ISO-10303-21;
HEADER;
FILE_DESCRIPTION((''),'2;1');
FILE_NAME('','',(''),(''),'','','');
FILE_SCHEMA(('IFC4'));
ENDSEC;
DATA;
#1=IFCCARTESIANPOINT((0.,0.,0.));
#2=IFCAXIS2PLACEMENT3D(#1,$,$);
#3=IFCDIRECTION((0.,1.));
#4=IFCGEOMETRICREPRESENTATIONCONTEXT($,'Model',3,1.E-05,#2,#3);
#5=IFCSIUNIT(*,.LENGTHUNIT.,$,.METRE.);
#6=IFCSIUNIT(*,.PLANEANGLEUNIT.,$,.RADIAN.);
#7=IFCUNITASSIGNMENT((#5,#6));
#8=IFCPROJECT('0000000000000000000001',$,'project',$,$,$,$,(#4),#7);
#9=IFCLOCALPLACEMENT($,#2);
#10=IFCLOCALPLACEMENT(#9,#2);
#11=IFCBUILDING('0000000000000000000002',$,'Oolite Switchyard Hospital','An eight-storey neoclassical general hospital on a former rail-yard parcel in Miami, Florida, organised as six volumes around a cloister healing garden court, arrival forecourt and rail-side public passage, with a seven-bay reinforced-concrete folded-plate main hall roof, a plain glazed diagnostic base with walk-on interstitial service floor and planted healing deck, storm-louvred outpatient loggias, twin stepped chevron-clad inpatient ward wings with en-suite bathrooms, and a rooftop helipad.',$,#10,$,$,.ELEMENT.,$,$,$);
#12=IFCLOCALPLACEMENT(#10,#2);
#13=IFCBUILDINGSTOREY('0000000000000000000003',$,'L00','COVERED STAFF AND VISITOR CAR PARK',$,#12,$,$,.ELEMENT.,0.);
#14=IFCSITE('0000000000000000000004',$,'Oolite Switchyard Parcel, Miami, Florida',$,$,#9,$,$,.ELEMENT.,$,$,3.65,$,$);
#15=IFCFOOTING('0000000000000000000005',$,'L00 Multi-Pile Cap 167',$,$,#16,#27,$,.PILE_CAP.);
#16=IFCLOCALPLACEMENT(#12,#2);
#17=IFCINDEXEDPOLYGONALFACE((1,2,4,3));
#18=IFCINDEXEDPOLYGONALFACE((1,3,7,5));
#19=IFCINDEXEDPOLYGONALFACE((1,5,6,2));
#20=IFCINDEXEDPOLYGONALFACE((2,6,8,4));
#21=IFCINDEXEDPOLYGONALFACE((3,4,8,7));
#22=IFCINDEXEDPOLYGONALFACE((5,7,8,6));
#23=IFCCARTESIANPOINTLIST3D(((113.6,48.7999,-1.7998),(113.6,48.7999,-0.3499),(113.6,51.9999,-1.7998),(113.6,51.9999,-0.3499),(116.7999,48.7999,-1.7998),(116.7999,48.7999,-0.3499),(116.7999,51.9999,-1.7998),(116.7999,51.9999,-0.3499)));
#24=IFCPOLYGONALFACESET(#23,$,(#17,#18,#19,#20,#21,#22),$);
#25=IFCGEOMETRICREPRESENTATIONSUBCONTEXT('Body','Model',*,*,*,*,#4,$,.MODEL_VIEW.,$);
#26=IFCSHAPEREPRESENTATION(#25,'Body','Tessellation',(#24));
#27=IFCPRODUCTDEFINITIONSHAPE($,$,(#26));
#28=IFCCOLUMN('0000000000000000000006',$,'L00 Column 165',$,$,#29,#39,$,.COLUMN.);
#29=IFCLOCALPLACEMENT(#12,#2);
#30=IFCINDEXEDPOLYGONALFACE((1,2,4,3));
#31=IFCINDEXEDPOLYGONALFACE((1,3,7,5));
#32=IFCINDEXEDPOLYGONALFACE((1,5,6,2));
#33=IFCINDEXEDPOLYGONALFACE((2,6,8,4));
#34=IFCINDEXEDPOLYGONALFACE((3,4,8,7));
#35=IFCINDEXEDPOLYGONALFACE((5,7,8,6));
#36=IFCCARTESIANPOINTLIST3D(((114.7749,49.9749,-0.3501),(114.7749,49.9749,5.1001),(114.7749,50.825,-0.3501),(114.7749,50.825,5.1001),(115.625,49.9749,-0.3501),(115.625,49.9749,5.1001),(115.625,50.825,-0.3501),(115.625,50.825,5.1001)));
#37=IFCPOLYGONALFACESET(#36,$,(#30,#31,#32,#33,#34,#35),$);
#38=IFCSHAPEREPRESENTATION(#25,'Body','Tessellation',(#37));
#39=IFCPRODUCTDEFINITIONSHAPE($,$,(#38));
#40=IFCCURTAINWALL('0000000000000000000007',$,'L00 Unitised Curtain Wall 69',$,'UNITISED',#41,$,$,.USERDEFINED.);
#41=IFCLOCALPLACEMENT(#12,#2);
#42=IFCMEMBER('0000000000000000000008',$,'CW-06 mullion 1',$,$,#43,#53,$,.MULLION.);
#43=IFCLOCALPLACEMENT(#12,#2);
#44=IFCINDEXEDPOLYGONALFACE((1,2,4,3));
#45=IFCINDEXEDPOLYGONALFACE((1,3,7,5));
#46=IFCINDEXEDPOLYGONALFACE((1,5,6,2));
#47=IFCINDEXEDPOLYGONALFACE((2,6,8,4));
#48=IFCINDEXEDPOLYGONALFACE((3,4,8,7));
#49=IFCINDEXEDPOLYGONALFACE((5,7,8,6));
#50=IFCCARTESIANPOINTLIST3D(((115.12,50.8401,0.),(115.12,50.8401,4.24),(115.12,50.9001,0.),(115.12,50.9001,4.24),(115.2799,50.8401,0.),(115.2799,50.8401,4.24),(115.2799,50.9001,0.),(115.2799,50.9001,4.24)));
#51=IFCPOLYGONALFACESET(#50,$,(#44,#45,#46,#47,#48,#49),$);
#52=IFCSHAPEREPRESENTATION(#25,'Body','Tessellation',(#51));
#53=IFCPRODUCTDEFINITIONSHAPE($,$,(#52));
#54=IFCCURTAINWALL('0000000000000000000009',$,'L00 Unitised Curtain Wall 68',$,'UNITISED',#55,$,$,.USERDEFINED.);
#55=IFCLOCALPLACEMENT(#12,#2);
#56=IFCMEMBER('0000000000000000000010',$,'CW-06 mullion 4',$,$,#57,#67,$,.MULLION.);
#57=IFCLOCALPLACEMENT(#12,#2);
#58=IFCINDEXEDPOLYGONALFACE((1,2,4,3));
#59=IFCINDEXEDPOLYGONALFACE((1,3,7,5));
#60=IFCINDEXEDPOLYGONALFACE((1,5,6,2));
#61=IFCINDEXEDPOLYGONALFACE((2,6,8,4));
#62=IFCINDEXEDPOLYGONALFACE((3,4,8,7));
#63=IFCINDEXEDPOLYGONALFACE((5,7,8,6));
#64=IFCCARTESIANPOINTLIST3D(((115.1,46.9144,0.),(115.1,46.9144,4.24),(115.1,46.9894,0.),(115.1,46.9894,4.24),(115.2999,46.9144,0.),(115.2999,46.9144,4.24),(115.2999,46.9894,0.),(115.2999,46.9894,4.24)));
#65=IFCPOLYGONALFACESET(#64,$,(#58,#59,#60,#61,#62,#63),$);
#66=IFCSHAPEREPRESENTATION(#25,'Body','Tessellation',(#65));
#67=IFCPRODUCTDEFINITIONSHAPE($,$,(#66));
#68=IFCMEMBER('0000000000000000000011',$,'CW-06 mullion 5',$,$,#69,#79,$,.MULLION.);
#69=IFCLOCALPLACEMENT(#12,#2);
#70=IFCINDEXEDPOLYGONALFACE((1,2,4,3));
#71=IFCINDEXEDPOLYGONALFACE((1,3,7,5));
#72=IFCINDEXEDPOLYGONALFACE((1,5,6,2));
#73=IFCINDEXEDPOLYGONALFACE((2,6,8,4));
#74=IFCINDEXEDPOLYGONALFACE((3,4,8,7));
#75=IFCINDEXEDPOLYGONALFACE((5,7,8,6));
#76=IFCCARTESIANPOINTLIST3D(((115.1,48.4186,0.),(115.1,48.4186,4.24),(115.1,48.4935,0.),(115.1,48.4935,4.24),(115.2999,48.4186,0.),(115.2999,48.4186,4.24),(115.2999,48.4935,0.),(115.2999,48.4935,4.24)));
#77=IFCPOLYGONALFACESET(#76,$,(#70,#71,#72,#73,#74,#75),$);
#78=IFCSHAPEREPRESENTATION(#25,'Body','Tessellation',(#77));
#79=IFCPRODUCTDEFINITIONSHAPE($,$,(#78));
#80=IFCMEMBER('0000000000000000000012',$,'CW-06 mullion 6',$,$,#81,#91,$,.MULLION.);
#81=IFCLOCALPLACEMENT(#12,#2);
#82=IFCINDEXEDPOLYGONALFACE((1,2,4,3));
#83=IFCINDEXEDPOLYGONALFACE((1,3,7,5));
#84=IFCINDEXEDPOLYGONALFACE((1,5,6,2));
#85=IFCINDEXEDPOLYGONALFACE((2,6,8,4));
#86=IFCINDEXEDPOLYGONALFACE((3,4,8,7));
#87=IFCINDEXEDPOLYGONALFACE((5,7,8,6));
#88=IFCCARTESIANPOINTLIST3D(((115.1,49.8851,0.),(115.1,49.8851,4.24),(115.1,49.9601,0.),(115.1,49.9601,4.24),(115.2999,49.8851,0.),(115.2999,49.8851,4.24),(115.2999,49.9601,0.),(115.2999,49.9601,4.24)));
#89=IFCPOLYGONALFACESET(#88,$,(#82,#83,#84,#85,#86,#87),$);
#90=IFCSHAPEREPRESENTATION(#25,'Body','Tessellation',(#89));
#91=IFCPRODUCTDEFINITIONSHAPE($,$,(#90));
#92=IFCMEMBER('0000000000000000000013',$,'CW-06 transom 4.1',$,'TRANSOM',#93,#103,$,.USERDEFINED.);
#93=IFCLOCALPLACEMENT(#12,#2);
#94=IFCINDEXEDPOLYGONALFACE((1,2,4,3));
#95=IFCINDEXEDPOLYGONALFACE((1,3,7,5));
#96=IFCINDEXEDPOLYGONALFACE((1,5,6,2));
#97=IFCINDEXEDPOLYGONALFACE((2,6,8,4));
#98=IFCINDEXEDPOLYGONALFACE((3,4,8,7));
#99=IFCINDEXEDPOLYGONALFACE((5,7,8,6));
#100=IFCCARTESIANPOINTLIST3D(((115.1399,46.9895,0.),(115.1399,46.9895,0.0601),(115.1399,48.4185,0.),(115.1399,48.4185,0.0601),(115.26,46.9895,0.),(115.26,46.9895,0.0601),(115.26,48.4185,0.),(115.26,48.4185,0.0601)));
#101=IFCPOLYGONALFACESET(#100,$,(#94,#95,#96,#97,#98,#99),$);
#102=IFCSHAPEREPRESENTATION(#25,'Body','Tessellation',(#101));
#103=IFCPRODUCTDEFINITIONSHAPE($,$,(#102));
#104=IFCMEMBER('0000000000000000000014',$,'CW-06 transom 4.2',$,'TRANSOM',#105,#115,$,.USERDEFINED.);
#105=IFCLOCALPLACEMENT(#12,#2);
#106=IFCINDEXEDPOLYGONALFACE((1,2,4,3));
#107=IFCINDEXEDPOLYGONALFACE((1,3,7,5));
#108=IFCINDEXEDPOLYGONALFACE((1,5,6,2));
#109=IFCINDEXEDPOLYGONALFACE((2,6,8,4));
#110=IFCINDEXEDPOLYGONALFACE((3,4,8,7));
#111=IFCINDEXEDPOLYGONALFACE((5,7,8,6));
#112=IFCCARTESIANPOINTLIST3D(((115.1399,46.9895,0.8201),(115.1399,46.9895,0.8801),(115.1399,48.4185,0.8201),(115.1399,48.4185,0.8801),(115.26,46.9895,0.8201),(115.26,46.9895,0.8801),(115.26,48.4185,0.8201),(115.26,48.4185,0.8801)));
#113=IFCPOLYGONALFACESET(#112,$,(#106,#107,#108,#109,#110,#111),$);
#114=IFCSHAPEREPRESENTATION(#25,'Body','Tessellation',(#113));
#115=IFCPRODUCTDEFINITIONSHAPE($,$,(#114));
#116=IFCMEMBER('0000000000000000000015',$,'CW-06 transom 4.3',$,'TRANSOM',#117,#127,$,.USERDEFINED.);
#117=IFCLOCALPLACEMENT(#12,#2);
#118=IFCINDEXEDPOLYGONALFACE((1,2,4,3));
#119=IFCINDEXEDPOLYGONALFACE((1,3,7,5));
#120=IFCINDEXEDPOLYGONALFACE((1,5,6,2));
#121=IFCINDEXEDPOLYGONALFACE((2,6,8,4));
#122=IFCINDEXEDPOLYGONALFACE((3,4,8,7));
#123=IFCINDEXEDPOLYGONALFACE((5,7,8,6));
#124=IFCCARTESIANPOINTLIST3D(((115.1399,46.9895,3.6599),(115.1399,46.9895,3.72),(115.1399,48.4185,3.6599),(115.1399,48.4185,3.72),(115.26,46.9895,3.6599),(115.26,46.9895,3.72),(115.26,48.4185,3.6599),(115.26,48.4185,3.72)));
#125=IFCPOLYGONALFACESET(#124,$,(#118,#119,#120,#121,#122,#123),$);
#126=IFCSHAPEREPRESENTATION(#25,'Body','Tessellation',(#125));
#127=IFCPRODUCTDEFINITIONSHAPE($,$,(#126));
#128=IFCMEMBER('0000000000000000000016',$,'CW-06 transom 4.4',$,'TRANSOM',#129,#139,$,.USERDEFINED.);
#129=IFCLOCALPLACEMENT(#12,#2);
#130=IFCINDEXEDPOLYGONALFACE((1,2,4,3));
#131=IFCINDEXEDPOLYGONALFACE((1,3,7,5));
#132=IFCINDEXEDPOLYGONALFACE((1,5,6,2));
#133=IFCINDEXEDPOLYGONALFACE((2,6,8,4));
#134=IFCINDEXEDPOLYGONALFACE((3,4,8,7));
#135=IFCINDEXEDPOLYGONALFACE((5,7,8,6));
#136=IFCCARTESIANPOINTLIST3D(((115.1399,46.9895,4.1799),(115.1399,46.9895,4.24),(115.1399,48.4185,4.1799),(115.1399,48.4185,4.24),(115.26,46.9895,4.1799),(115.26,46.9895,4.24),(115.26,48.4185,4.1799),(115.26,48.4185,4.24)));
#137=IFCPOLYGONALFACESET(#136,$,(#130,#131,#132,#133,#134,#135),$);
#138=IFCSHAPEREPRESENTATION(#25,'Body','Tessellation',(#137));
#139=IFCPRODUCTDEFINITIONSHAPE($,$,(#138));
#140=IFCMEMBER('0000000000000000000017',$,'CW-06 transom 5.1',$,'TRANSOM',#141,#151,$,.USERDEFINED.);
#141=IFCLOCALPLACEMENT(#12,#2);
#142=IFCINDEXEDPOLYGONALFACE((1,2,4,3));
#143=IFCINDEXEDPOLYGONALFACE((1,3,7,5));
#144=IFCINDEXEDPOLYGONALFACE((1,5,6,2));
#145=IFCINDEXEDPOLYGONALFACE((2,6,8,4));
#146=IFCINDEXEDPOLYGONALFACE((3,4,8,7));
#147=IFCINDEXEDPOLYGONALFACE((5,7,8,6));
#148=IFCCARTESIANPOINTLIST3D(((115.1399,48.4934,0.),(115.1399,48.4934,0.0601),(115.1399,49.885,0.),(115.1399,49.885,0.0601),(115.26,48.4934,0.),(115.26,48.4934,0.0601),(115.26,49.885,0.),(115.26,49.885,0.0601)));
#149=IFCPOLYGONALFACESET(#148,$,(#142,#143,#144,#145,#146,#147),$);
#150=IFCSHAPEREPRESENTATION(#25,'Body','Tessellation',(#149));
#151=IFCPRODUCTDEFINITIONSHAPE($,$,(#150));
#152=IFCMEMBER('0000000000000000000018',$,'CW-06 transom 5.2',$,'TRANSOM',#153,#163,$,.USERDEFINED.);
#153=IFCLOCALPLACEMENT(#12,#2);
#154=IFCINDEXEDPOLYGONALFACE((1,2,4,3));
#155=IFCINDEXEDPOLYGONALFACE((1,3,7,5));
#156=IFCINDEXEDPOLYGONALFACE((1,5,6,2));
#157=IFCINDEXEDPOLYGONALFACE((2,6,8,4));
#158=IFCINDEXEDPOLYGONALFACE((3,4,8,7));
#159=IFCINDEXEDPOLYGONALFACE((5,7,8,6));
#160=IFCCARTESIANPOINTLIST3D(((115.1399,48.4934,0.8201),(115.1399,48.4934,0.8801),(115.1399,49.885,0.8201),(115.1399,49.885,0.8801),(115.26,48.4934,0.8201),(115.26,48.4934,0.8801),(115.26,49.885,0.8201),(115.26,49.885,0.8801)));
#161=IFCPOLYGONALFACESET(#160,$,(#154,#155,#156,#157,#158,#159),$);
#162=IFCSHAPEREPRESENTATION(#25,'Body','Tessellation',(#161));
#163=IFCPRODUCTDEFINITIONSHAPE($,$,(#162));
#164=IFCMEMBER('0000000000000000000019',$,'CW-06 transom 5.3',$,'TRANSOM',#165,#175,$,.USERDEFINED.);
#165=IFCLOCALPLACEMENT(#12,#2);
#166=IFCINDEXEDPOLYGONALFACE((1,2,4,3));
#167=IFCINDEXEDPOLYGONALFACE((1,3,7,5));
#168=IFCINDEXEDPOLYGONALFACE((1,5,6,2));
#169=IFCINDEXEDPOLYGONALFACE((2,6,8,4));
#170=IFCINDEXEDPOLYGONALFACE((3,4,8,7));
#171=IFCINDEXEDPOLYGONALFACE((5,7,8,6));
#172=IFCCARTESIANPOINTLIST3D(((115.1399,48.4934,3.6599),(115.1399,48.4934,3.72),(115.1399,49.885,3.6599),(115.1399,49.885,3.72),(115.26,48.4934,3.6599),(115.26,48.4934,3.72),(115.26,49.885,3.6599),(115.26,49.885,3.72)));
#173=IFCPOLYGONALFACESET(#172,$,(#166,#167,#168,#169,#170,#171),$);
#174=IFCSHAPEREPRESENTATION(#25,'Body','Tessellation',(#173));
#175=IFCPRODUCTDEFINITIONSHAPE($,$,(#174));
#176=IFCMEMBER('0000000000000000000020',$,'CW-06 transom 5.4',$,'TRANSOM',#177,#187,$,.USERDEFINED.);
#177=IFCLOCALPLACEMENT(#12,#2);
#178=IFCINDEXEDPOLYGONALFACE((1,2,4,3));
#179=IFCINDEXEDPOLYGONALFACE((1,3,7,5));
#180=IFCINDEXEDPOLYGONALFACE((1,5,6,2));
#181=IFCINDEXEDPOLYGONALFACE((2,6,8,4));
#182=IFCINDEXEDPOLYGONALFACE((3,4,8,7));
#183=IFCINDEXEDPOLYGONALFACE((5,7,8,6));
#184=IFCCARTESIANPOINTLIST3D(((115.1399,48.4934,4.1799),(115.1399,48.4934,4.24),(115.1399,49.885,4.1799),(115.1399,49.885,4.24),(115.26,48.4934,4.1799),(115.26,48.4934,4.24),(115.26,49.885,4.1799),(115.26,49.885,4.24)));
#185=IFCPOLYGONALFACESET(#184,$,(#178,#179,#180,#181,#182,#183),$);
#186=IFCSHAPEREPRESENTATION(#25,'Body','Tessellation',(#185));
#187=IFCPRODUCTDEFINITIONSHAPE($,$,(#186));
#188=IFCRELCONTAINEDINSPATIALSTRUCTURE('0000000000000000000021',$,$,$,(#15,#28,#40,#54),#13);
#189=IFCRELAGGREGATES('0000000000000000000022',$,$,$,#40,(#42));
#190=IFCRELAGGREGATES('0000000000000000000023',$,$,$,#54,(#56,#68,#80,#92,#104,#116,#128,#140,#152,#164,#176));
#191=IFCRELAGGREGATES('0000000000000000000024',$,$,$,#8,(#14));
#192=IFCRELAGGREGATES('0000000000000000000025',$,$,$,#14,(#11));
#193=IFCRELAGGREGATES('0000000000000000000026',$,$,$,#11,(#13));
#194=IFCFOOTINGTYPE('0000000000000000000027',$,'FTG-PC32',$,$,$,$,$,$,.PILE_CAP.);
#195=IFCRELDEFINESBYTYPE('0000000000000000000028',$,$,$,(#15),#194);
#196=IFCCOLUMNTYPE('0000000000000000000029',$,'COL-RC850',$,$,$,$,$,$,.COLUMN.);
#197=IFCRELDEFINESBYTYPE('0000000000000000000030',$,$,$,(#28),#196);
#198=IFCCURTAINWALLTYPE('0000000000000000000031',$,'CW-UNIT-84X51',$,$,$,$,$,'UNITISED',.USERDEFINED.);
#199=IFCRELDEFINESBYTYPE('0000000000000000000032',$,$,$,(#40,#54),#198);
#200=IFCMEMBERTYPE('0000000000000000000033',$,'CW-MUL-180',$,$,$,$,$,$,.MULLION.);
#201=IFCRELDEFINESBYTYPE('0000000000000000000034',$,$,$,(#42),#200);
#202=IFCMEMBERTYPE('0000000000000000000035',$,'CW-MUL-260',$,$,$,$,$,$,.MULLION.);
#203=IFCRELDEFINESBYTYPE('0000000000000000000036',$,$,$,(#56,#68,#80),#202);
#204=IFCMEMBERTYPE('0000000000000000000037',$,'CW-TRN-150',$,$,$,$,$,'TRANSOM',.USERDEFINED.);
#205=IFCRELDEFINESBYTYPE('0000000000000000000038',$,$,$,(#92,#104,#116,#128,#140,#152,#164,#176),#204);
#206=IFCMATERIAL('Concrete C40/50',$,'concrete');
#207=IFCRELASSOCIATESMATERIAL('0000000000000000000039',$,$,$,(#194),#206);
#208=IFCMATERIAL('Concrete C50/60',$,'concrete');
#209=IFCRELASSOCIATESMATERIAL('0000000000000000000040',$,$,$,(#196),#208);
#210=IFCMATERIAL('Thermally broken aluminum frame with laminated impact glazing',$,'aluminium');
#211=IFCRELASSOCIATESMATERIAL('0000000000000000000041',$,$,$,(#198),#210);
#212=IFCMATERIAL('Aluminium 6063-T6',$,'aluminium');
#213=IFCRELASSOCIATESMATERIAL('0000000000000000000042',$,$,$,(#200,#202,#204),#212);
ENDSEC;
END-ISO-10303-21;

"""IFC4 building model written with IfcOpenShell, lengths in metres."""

from ifc_helpers import new_model, si_unit, direction, frame, origin, origin_2d, place, context, subcontext, project, spatial, rectangle, extrude, material, material_profile, profile_set, type_object, element, aggregate, save


model = new_model("IFC4")

# Units and contexts
model_context = context("Model", 3, precision=1e-05, world=origin(), true_north=direction((0.0, 1.0)))
body_context = subcontext(model_context, "Body", "Model", "MODEL_VIEW")
ifc_project = project(units=[si_unit("LENGTHUNIT", "METRE"), si_unit("PLANEANGLEUNIT", "RADIAN")], contexts=[model_context])

# Site, building, storey
site_placement = place(None, origin())
site = spatial("IfcSite", under=ifc_project, at=site_placement, Name="Oolite Switchyard Parcel, Miami, Florida", CompositionType="ELEMENT", RefElevation=3.65)
building_placement = place(site_placement, origin())
building = spatial("IfcBuilding", under=site, at=building_placement, Name="Oolite Switchyard Hospital", Description="An eight-storey neoclassical general hospital on a former rail-yard parcel in Miami, Florida, organised as six volumes around a cloister healing garden court, arrival forecourt and rail-side public passage, with a seven-bay reinforced-concrete folded-plate main hall roof, a plain glazed diagnostic base with walk-on interstitial service floor and planted healing deck, storm-louvred outpatient loggias, twin stepped chevron-clad inpatient ward wings with en-suite bathrooms, and a rooftop helipad.", CompositionType="ELEMENT")
storey_placement = place(building_placement, origin())
storey = spatial("IfcBuildingStorey", under=building, at=storey_placement, Name="L00", Description="COVERED STAFF AND VISITOR CAR PARK", CompositionType="ELEMENT", Elevation=0.0)

# Footing
ifc_material_1 = material(Name="Concrete C40/50", Category="concrete")
footing_type = type_object("IfcFootingType", Name="FTG-PC32", PredefinedType="PILE_CAP", material=ifc_material_1)
footing_placement = place(storey_placement, frame((115.2, 50.3999, -1.7998), z_axis=(0.0, 0.0, 1.0), x_axis=(1.0, 0.0, 0.0)))
element("IfcFooting", 1, at=footing_placement, inside=storey, type_object=footing_type, Name="L00 Multi-Pile Cap 167", PredefinedType="PILE_CAP", context=body_context, shape_type="SweptSolid", body=[
    extrude(rectangle(XDim=3.2, YDim=3.2, at=origin_2d()), origin(), (0.0, 0.0, 1.0), 1.45),
])

# Column
ifc_material_2 = material(Name="Concrete C50/60", Category="concrete")
ifc_material_profile_1 = material_profile(ifc_material_2, rectangle(XDim=0.8501, YDim=0.8501, at=origin_2d()), Name="RC850X850")
ifc_profile_set_1 = profile_set([ifc_material_profile_1], Name="Concrete C50/60")
column_type = type_object("IfcColumnType", Name="COL-RC850", PredefinedType="COLUMN", material=ifc_profile_set_1)
column_placement = place(storey_placement, frame((115.2, 50.3999, -0.3501), z_axis=(0.0, 0.0, 1.0), x_axis=(1.0, 0.0, 0.0)))
element("IfcColumn", 2, at=column_placement, inside=storey, type_object=column_type, Name="L00 Column 165", PredefinedType="COLUMN", context=body_context, shape_type="SweptSolid", body=[
    extrude(rectangle(XDim=0.8501, YDim=0.8501, at=origin_2d()), origin(), (0.0, 0.0, 1.0), 5.4502),
])

# Curtain wall, member
ifc_material_3 = material(Name="Thermally broken aluminum frame with laminated impact glazing", Category="aluminium")
curtain_wall_type = type_object("IfcCurtainWallType", Name="CW-UNIT-84X51", ElementType="UNITISED", PredefinedType="USERDEFINED", material=ifc_material_3)
curtain_wall_1_placement = place(storey_placement, origin())
curtain_wall_1 = element("IfcCurtainWall", 3, at=curtain_wall_1_placement, inside=storey, type_object=curtain_wall_type, Name="L00 Unitised Curtain Wall 69", ObjectType="UNITISED", PredefinedType="USERDEFINED")
ifc_material_4 = material(Name="Aluminium 6063-T6", Category="aluminium")
ifc_material_profile_2 = material_profile(ifc_material_4, rectangle(XDim=0.1599, YDim=0.0601, at=origin_2d()), Name="CWM60X160")
ifc_profile_set_2 = profile_set([ifc_material_profile_2], Name="Aluminium 6063-T6")
member_type_1 = type_object("IfcMemberType", Name="CW-MUL-180", PredefinedType="MULLION", material=ifc_profile_set_2)
member_1_placement = place(storey_placement, frame((115.2, 50.8701, 0.0), z_axis=(0.0, 0.0, 1.0), x_axis=(-1.0, 0.0, 0.0)))
member_1 = element("IfcMember", 4, at=member_1_placement, type_object=member_type_1, Name="CW-06 mullion 1", PredefinedType="MULLION", context=body_context, shape_type="SweptSolid", body=[
    extrude(rectangle(XDim=0.1599, YDim=0.0601, at=origin_2d()), origin(), (0.0, 0.0, 1.0), 4.24),
])

# Curtain wall, members
curtain_wall_2_placement = place(storey_placement, origin())
curtain_wall_2 = element("IfcCurtainWall", 5, at=curtain_wall_2_placement, inside=storey, type_object=curtain_wall_type, Name="L00 Unitised Curtain Wall 68", ObjectType="UNITISED", PredefinedType="USERDEFINED")
ifc_material_profile_3 = material_profile(ifc_material_4, rectangle(XDim=0.2, YDim=0.075, at=origin_2d()), Name="CWM75X200")
ifc_profile_set_3 = profile_set([ifc_material_profile_3], Name="Aluminium 6063-T6")
member_type_2 = type_object("IfcMemberType", Name="CW-MUL-260", PredefinedType="MULLION", material=ifc_profile_set_3)
member_2_placement = place(storey_placement, frame((115.2, 46.9519, 0.0), z_axis=(0.0, 0.0, 1.0), x_axis=(-1.0, 0.0, 0.0)))
member_2 = element("IfcMember", 6, at=member_2_placement, type_object=member_type_2, Name="CW-06 mullion 4", PredefinedType="MULLION", context=body_context, shape_type="SweptSolid", body=[
    extrude(rectangle(XDim=0.2, YDim=0.075, at=origin_2d()), origin(), (0.0, 0.0, 1.0), 4.24),
])
member_3_placement = place(storey_placement, frame((115.2, 48.4561, 0.0), z_axis=(0.0, 0.0, 1.0), x_axis=(-1.0, 0.0, 0.0)))
member_3 = element("IfcMember", 7, at=member_3_placement, type_object=member_type_2, Name="CW-06 mullion 5", PredefinedType="MULLION", context=body_context, shape_type="SweptSolid", body=[
    extrude(rectangle(XDim=0.2, YDim=0.075, at=origin_2d()), origin(), (0.0, 0.0, 1.0), 4.24),
])
member_4_placement = place(storey_placement, frame((115.2, 49.9226, 0.0), z_axis=(0.0, 0.0, 1.0), x_axis=(-1.0, 0.0, 0.0)))
member_4 = element("IfcMember", 8, at=member_4_placement, type_object=member_type_2, Name="CW-06 mullion 6", PredefinedType="MULLION", context=body_context, shape_type="SweptSolid", body=[
    extrude(rectangle(XDim=0.2, YDim=0.075, at=origin_2d()), origin(), (0.0, 0.0, 1.0), 4.24),
])
ifc_material_profile_4 = material_profile(ifc_material_4, rectangle(XDim=0.1201, YDim=0.0601, at=origin_2d()), Name="CWT60X120")
ifc_profile_set_4 = profile_set([ifc_material_profile_4], Name="Aluminium 6063-T6")
member_type_3 = type_object("IfcMemberType", Name="CW-TRN-150", ElementType="TRANSOM", PredefinedType="USERDEFINED", material=ifc_profile_set_4)
member_5_placement = place(storey_placement, frame((115.2, 46.9895, 0.03), z_axis=(0.0, 1.0, 0.0), x_axis=(-1.0, 0.0, 0.0)))
member_5 = element("IfcMember", 9, at=member_5_placement, type_object=member_type_3, Name="CW-06 transom 4.1", ObjectType="TRANSOM", PredefinedType="USERDEFINED", context=body_context, shape_type="SweptSolid", body=[
    extrude(rectangle(XDim=0.1201, YDim=0.0601, at=origin_2d()), origin(), (0.0, 0.0, 1.0), 1.429),
])
member_6_placement = place(storey_placement, frame((115.2, 46.9895, 0.8501), z_axis=(0.0, 1.0, 0.0), x_axis=(-1.0, 0.0, 0.0)))
member_6 = element("IfcMember", 10, at=member_6_placement, type_object=member_type_3, Name="CW-06 transom 4.2", ObjectType="TRANSOM", PredefinedType="USERDEFINED", context=body_context, shape_type="SweptSolid", body=[
    extrude(rectangle(XDim=0.1201, YDim=0.0601, at=origin_2d()), origin(), (0.0, 0.0, 1.0), 1.429),
])
member_7_placement = place(storey_placement, frame((115.2, 46.9895, 3.6899), z_axis=(0.0, 1.0, 0.0), x_axis=(-1.0, 0.0, 0.0)))
member_7 = element("IfcMember", 11, at=member_7_placement, type_object=member_type_3, Name="CW-06 transom 4.3", ObjectType="TRANSOM", PredefinedType="USERDEFINED", context=body_context, shape_type="SweptSolid", body=[
    extrude(rectangle(XDim=0.1201, YDim=0.0601, at=origin_2d()), origin(), (0.0, 0.0, 1.0), 1.429),
])
member_8_placement = place(storey_placement, frame((115.2, 46.9895, 4.21), z_axis=(0.0, 1.0, 0.0), x_axis=(-1.0, 0.0, 0.0)))
member_8 = element("IfcMember", 12, at=member_8_placement, type_object=member_type_3, Name="CW-06 transom 4.4", ObjectType="TRANSOM", PredefinedType="USERDEFINED", context=body_context, shape_type="SweptSolid", body=[
    extrude(rectangle(XDim=0.1201, YDim=0.0601, at=origin_2d()), origin(), (0.0, 0.0, 1.0), 1.429),
])
member_9_placement = place(storey_placement, frame((115.2, 48.4934, 0.03), z_axis=(0.0, 1.0, 0.0), x_axis=(-1.0, 0.0, 0.0)))
member_9 = element("IfcMember", 13, at=member_9_placement, type_object=member_type_3, Name="CW-06 transom 5.1", ObjectType="TRANSOM", PredefinedType="USERDEFINED", context=body_context, shape_type="SweptSolid", body=[
    extrude(rectangle(XDim=0.1201, YDim=0.0601, at=origin_2d()), origin(), (0.0, 0.0, 1.0), 1.3916),
])
member_10_placement = place(storey_placement, frame((115.2, 48.4934, 0.8501), z_axis=(0.0, 1.0, 0.0), x_axis=(-1.0, 0.0, 0.0)))
member_10 = element("IfcMember", 14, at=member_10_placement, type_object=member_type_3, Name="CW-06 transom 5.2", ObjectType="TRANSOM", PredefinedType="USERDEFINED", context=body_context, shape_type="SweptSolid", body=[
    extrude(rectangle(XDim=0.1201, YDim=0.0601, at=origin_2d()), origin(), (0.0, 0.0, 1.0), 1.3916),
])
member_11_placement = place(storey_placement, frame((115.2, 48.4934, 3.6899), z_axis=(0.0, 1.0, 0.0), x_axis=(-1.0, 0.0, 0.0)))
member_11 = element("IfcMember", 15, at=member_11_placement, type_object=member_type_3, Name="CW-06 transom 5.3", ObjectType="TRANSOM", PredefinedType="USERDEFINED", context=body_context, shape_type="SweptSolid", body=[
    extrude(rectangle(XDim=0.1201, YDim=0.0601, at=origin_2d()), origin(), (0.0, 0.0, 1.0), 1.3916),
])
member_12_placement = place(storey_placement, frame((115.2, 48.4934, 4.21), z_axis=(0.0, 1.0, 0.0), x_axis=(-1.0, 0.0, 0.0)))
member_12 = element("IfcMember", 16, at=member_12_placement, type_object=member_type_3, Name="CW-06 transom 5.4", ObjectType="TRANSOM", PredefinedType="USERDEFINED", context=body_context, shape_type="SweptSolid", body=[
    extrude(rectangle(XDim=0.1201, YDim=0.0601, at=origin_2d()), origin(), (0.0, 0.0, 1.0), 1.3916),
])

aggregate(curtain_wall_1, [member_1])

aggregate(curtain_wall_2, [member_2, member_3, member_4, member_5, member_6, member_7, member_8, member_9, member_10, member_11, member_12])

save(model, "model.ifc")
